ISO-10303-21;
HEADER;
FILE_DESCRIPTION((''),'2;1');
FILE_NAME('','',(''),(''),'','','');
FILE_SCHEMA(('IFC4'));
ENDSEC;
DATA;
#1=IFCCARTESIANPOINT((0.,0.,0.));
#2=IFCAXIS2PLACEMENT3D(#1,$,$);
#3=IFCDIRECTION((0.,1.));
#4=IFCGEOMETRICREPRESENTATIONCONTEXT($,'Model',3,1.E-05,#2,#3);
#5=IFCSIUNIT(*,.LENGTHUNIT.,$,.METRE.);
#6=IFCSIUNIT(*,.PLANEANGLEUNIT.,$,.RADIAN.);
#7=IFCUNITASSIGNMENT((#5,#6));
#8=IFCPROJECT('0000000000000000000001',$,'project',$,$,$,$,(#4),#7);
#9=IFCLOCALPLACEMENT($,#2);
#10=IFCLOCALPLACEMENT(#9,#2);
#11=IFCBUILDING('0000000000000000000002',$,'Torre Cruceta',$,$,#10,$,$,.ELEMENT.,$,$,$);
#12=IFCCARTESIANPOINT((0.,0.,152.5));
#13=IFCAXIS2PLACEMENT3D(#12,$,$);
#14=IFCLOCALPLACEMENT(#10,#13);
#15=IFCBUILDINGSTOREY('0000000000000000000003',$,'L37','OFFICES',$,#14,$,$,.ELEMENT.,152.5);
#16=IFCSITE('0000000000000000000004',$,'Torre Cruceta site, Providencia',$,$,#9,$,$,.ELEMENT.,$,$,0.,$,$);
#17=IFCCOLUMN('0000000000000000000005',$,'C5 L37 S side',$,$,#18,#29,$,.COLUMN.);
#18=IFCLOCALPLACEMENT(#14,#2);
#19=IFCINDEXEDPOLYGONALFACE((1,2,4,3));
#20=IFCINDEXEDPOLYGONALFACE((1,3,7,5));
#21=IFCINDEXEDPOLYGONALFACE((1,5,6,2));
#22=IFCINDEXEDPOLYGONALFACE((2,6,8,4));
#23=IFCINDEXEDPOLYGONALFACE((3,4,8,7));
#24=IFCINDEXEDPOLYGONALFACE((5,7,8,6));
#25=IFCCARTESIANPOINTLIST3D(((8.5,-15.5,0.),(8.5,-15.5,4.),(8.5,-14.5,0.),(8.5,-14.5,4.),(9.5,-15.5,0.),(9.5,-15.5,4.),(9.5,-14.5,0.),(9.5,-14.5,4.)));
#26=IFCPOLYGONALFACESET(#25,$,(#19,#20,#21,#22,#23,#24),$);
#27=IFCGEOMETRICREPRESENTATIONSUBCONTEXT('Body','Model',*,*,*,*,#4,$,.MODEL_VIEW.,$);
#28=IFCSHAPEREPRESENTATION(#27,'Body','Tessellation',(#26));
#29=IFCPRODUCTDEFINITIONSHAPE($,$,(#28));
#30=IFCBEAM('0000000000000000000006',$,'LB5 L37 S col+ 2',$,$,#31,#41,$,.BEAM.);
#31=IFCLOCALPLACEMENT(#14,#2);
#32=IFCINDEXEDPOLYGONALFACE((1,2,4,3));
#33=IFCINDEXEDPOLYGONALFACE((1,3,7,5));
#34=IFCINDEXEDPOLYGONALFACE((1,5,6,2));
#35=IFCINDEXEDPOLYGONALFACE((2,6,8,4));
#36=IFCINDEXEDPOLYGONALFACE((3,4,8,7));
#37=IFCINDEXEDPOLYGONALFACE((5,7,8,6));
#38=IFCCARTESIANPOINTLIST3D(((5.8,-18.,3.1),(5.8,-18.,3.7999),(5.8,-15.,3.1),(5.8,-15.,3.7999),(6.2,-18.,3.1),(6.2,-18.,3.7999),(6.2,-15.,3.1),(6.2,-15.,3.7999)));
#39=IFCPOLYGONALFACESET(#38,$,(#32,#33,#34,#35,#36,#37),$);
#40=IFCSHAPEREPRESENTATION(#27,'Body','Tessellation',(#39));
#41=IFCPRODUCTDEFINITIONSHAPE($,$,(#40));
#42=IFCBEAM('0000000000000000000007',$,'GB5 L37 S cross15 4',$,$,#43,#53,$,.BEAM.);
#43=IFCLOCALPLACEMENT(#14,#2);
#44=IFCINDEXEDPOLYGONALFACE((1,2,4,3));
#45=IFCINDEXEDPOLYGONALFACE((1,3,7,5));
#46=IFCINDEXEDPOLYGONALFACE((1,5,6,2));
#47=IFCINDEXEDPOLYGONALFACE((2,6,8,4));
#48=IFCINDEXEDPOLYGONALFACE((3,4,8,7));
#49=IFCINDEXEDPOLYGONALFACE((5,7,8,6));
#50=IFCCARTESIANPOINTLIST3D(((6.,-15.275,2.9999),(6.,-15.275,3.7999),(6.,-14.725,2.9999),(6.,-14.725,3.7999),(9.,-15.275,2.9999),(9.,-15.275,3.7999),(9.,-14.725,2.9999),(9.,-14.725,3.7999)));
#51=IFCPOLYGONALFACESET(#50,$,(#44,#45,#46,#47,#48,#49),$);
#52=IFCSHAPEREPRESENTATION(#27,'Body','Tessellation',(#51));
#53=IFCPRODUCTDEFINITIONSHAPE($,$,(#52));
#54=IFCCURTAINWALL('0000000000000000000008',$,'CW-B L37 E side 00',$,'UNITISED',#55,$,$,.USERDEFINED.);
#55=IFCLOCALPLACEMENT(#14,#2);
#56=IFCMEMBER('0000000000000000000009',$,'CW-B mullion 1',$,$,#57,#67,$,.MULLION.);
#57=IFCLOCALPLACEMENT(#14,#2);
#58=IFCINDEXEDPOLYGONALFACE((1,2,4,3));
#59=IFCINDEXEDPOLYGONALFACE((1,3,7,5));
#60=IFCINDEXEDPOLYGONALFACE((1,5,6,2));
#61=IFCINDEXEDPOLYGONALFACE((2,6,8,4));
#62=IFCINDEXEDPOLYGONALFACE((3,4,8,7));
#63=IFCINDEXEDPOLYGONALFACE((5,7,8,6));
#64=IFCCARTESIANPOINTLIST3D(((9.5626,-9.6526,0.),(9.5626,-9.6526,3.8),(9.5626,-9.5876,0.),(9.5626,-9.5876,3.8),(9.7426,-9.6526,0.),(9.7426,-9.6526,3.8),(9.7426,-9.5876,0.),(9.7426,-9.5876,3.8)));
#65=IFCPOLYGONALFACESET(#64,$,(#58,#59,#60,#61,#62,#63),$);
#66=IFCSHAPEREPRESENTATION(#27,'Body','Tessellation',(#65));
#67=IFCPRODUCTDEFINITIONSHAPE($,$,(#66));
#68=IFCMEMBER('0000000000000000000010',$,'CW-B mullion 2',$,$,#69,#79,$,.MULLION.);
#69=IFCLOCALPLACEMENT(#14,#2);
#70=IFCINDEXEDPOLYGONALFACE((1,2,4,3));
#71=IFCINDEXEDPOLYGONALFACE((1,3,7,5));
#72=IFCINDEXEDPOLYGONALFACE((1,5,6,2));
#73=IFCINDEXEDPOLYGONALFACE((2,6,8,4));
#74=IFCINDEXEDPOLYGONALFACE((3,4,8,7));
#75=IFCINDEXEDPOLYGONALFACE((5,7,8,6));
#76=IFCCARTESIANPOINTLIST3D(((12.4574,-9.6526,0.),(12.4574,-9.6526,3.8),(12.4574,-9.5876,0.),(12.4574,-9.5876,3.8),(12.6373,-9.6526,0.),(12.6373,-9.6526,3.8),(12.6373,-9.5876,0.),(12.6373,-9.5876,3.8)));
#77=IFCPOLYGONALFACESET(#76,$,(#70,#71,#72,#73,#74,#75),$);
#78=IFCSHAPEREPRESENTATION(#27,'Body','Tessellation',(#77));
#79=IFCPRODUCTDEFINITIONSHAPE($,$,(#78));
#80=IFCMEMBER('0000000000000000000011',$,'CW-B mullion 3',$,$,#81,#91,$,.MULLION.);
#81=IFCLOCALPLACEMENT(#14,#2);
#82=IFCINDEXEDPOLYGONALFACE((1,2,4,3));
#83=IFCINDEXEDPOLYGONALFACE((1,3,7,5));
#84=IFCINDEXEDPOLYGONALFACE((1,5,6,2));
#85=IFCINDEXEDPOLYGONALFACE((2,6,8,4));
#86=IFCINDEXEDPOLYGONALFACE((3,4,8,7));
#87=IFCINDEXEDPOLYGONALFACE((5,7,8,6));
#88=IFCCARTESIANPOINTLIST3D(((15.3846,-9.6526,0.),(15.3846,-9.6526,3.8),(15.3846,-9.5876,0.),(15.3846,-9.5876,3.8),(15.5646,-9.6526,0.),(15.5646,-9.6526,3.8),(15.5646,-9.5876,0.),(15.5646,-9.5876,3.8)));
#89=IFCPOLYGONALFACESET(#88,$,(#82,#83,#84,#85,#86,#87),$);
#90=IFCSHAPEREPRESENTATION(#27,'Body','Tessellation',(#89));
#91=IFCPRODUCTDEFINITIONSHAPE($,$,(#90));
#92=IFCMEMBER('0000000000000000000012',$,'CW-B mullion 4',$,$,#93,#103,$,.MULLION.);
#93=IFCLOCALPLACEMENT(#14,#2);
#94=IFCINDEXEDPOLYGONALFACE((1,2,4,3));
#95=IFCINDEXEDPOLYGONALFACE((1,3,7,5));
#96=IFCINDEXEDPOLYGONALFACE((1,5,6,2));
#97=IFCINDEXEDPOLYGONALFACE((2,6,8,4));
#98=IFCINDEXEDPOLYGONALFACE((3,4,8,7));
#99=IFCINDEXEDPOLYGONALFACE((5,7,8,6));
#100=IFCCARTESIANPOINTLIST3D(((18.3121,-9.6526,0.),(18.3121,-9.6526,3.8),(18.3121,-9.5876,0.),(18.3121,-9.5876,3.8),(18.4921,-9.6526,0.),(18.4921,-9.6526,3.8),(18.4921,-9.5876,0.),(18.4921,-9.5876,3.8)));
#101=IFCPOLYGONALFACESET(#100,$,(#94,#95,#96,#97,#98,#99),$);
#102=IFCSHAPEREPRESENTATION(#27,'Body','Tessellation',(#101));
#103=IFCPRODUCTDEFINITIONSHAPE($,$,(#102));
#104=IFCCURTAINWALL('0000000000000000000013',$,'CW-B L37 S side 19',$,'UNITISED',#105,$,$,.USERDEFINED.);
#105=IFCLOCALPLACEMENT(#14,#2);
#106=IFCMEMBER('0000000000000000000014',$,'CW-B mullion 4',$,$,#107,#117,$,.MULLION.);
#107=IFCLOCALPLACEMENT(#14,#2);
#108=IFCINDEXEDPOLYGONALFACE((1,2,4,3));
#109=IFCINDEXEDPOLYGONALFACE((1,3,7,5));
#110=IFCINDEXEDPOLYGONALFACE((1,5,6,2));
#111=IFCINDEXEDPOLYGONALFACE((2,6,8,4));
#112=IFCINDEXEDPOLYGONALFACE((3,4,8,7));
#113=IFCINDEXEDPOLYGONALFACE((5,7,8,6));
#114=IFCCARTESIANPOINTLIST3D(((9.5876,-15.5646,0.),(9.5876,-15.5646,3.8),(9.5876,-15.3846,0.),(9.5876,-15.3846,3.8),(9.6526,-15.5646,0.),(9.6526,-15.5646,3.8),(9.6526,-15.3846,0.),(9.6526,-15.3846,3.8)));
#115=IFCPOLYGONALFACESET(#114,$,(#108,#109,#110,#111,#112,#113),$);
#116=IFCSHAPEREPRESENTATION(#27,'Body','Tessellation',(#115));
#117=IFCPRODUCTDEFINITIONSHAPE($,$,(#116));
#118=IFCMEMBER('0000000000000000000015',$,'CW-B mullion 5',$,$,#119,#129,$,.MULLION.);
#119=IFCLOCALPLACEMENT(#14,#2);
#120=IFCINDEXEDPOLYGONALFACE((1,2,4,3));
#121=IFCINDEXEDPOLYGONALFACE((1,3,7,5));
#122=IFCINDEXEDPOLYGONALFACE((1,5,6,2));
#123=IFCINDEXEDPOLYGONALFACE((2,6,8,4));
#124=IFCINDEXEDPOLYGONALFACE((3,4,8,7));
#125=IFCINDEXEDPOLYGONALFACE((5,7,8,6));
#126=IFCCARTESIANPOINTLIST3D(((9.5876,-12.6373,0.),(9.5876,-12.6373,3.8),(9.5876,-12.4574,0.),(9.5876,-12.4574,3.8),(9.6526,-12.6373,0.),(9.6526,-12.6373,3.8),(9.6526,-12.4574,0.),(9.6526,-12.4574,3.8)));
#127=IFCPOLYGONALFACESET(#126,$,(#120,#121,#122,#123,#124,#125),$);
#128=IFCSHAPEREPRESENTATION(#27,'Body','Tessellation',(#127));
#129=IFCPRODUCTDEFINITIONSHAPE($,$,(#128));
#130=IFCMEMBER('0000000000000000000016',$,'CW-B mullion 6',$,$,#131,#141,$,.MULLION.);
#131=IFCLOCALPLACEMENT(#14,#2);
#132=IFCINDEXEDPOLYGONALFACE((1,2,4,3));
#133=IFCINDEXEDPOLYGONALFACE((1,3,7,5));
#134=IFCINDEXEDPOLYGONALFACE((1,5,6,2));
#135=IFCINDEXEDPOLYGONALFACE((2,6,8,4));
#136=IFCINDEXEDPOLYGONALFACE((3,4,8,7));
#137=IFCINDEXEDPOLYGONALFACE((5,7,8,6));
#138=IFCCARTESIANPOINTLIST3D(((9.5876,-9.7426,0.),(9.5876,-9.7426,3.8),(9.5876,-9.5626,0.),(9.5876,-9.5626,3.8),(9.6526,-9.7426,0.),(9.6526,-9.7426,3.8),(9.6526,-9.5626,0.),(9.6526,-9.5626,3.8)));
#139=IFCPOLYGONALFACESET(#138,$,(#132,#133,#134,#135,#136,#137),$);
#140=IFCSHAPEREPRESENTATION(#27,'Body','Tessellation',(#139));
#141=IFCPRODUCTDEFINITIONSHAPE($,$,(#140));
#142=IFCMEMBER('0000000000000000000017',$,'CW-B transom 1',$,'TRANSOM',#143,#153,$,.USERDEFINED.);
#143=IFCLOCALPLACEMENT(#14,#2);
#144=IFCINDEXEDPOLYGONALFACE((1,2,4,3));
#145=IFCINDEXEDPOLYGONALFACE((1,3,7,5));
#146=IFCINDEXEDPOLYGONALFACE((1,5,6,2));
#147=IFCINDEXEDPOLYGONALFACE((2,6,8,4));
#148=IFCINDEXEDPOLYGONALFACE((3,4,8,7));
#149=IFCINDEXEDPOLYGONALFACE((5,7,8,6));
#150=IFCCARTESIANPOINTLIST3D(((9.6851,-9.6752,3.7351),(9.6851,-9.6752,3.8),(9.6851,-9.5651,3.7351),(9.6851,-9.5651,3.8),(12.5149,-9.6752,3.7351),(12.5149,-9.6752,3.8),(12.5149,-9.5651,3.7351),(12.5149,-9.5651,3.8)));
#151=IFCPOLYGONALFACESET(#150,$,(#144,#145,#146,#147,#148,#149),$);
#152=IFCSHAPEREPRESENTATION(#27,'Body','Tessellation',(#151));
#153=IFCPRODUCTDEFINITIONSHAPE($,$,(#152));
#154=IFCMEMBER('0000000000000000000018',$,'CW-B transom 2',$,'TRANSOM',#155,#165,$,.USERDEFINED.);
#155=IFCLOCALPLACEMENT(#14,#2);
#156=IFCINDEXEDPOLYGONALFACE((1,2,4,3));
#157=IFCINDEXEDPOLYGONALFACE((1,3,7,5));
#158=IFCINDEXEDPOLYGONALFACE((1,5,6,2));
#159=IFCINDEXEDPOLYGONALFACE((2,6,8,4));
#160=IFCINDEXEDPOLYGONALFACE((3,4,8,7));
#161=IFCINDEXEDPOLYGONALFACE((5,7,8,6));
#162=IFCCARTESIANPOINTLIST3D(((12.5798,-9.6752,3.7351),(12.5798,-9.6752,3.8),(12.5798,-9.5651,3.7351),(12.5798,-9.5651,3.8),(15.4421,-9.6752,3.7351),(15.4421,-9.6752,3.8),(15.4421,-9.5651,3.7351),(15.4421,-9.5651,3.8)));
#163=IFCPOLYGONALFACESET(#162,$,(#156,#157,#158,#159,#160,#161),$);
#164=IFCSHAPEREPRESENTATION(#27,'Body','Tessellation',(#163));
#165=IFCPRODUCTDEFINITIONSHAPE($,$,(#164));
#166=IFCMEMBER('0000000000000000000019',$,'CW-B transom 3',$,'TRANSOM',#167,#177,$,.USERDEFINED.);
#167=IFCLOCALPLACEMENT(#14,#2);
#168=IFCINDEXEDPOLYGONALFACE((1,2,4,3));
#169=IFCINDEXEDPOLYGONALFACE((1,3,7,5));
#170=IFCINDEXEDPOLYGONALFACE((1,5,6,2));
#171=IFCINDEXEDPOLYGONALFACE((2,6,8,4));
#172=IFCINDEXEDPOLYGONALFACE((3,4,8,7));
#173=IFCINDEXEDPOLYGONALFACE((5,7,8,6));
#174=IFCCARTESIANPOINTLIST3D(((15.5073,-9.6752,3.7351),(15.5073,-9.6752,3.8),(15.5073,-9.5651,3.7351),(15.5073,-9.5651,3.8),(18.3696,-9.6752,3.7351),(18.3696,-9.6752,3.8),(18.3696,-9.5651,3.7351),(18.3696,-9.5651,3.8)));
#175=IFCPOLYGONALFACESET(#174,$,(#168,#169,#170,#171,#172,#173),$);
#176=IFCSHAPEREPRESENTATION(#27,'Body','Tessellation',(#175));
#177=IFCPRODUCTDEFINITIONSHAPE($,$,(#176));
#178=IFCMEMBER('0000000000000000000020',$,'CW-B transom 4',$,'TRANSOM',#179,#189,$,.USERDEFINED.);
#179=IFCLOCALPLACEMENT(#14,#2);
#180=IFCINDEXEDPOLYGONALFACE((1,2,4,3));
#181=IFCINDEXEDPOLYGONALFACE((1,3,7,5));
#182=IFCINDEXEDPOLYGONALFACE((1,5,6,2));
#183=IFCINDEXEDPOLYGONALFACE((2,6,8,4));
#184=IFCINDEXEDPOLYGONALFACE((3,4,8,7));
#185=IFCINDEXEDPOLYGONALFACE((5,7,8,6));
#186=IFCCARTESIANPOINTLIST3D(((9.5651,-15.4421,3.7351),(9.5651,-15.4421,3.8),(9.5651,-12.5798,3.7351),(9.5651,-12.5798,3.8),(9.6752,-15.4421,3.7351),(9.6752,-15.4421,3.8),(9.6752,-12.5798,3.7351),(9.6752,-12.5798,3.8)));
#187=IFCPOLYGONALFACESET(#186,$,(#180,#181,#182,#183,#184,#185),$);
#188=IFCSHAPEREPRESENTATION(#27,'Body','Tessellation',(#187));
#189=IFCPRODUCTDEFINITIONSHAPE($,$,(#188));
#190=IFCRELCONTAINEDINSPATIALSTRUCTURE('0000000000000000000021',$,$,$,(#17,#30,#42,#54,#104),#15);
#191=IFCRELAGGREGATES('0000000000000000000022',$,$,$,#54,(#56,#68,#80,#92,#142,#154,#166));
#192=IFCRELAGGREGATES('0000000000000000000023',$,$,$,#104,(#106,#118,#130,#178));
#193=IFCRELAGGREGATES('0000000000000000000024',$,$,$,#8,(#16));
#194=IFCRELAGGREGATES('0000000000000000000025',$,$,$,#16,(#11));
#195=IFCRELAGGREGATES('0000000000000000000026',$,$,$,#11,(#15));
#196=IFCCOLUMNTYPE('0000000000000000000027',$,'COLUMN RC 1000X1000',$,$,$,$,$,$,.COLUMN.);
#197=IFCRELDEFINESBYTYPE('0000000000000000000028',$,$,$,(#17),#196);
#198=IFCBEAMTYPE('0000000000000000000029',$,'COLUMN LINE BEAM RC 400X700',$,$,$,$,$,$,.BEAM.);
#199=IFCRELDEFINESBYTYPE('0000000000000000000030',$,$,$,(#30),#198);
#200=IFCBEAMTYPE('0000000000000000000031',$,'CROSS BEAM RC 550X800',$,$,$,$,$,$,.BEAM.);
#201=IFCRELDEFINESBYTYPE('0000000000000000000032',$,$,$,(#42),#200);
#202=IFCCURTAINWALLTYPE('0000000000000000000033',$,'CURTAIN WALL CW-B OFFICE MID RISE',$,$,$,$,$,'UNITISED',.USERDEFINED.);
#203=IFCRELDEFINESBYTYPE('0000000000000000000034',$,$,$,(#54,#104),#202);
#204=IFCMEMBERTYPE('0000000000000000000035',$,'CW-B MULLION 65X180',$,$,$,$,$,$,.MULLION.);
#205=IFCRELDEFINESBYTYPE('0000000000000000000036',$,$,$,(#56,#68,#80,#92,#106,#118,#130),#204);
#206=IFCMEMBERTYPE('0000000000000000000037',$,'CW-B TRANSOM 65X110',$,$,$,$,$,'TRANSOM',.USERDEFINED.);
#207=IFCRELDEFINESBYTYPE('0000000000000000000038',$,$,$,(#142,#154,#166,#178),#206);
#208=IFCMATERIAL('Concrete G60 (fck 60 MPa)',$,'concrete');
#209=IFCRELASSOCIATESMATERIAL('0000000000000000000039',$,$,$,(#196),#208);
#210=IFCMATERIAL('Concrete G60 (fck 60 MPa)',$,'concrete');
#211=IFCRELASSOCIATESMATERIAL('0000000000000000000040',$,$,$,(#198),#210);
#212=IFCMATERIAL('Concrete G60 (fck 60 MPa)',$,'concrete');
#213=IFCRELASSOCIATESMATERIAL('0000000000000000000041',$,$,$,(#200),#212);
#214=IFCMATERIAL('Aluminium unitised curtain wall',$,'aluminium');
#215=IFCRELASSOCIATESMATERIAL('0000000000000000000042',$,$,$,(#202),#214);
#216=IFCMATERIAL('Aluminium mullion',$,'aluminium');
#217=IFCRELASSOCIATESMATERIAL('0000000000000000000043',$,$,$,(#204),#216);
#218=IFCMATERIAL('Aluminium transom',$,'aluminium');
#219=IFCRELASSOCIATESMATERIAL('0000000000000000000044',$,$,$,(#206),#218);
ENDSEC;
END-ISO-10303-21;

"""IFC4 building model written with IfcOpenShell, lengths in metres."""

from ifc_helpers import new_model, si_unit, direction, frame, origin, origin_2d, place, context, subcontext, project, spatial, rectangle, extrude, material, material_profile, profile_set, type_object, element, aggregate, save


model = new_model("IFC4")

# Units and contexts
model_context = context("Model", 3, precision=1e-05, world=origin(), true_north=direction((0.0, 1.0)))
body_context = subcontext(model_context, "Body", "Model", "MODEL_VIEW")
ifc_project = project(units=[si_unit("LENGTHUNIT", "METRE"), si_unit("PLANEANGLEUNIT", "RADIAN")], contexts=[model_context])

# Site, building, storey
site_placement = place(None, origin())
site = spatial("IfcSite", under=ifc_project, at=site_placement, Name="Torre Cruceta site, Providencia", CompositionType="ELEMENT", RefElevation=0.0)
building_placement = place(site_placement, origin())
building = spatial("IfcBuilding", under=site, at=building_placement, Name="Torre Cruceta", CompositionType="ELEMENT")
storey_placement = place(building_placement, frame((0.0, 0.0, 152.5)))
storey = spatial("IfcBuildingStorey", under=building, at=storey_placement, Name="L37", Description="OFFICES", CompositionType="ELEMENT", Elevation=152.5)

# Column
ifc_material_1 = material(Name="Concrete G60 (fck 60 MPa)", Category="concrete")
ifc_material_profile_1 = material_profile(ifc_material_1, rectangle(XDim=1.0, YDim=1.0, at=origin_2d()), Name="RC 1000X1000")
ifc_profile_set_1 = profile_set([ifc_material_profile_1], Name="Concrete G60 (fck 60 MPa)")
column_type = type_object("IfcColumnType", Name="COLUMN RC 1000X1000", PredefinedType="COLUMN", material=ifc_profile_set_1)
column_placement = place(storey_placement, frame((9.0, -15.0, 0.0), z_axis=(0.0, 0.0, 1.0), x_axis=(1.0, 0.0, 0.0)))
element("IfcColumn", 1, at=column_placement, inside=storey, type_object=column_type, Name="C5 L37 S side", PredefinedType="COLUMN", context=body_context, shape_type="SweptSolid", body=[
    extrude(rectangle(XDim=1.0, YDim=1.0, at=origin_2d()), origin(), (0.0, 0.0, 1.0), 4.0),
])

# Beams
ifc_material_2 = material(Name="Concrete G60 (fck 60 MPa)", Category="concrete")
ifc_material_profile_2 = material_profile(ifc_material_2, rectangle(XDim=0.3999, YDim=0.7, at=origin_2d()), Name="RC 400X700")
ifc_profile_set_2 = profile_set([ifc_material_profile_2], Name="Concrete G60 (fck 60 MPa)")
beam_type_1 = type_object("IfcBeamType", Name="COLUMN LINE BEAM RC 400X700", PredefinedType="BEAM", material=ifc_profile_set_2)
beam_1_placement = place(storey_placement, frame((6.0, -15.0, 3.45), z_axis=(0.0, -1.0, 0.0), x_axis=(1.0, 0.0, 0.0)))
element("IfcBeam", 2, at=beam_1_placement, inside=storey, type_object=beam_type_1, Name="LB5 L37 S col+ 2", PredefinedType="BEAM", context=body_context, shape_type="SweptSolid", body=[
    extrude(rectangle(XDim=0.3999, YDim=0.7, at=origin_2d()), origin(), (0.0, 0.0, 1.0), 3.0),
])
ifc_material_3 = material(Name="Concrete G60 (fck 60 MPa)", Category="concrete")
ifc_material_profile_3 = material_profile(ifc_material_3, rectangle(XDim=0.55, YDim=0.8, at=origin_2d()), Name="RC 550X800")
ifc_profile_set_3 = profile_set([ifc_material_profile_3], Name="Concrete G60 (fck 60 MPa)")
beam_type_2 = type_object("IfcBeamType", Name="CROSS BEAM RC 550X800", PredefinedType="BEAM", material=ifc_profile_set_3)
beam_2_placement = place(storey_placement, frame((6.0, -15.0, 3.3999), z_axis=(1.0, 0.0, 0.0), x_axis=(0.0, 1.0, 0.0)))
element("IfcBeam", 3, at=beam_2_placement, inside=storey, type_object=beam_type_2, Name="GB5 L37 S cross15 4", PredefinedType="BEAM", context=body_context, shape_type="SweptSolid", body=[
    extrude(rectangle(XDim=0.55, YDim=0.8, at=origin_2d()), origin(), (0.0, 0.0, 1.0), 3.0),
])

# Curtain walls, members
ifc_material_4 = material(Name="Aluminium unitised curtain wall", Category="aluminium")
curtain_wall_type = type_object("IfcCurtainWallType", Name="CURTAIN WALL CW-B OFFICE MID RISE", ElementType="UNITISED", PredefinedType="USERDEFINED", material=ifc_material_4)
curtain_wall_1_placement = place(storey_placement, origin())
curtain_wall_1 = element("IfcCurtainWall", 4, at=curtain_wall_1_placement, inside=storey, type_object=curtain_wall_type, Name="CW-B L37 E side 00", ObjectType="UNITISED", PredefinedType="USERDEFINED")
ifc_material_5 = material(Name="Aluminium mullion", Category="aluminium")
ifc_material_profile_4 = material_profile(ifc_material_5, rectangle(XDim=0.0649, YDim=0.1799, at=origin_2d()), Name="AL 65X180")
ifc_profile_set_4 = profile_set([ifc_material_profile_4], Name="Aluminium mullion")
member_type_1 = type_object("IfcMemberType", Name="CW-B MULLION 65X180", PredefinedType="MULLION", material=ifc_profile_set_4)
member_1_placement = place(storey_placement, frame((9.6526, -9.6201, 0.0), z_axis=(0.0, 0.0, 1.0), x_axis=(0.0, 1.0, 0.0)))
member_1 = element("IfcMember", 5, at=member_1_placement, type_object=member_type_1, Name="CW-B mullion 1", PredefinedType="MULLION", context=body_context, shape_type="SweptSolid", body=[
    extrude(rectangle(XDim=0.0649, YDim=0.1799, at=origin_2d()), origin(), (0.0, 0.0, 1.0), 3.8),
])
member_2_placement = place(storey_placement, frame((12.5474, -9.6201, 0.0), z_axis=(0.0, 0.0, 1.0), x_axis=(0.0, 1.0, 0.0)))
member_2 = element("IfcMember", 6, at=member_2_placement, type_object=member_type_1, Name="CW-B mullion 2", PredefinedType="MULLION", context=body_context, shape_type="SweptSolid", body=[
    extrude(rectangle(XDim=0.0649, YDim=0.1799, at=origin_2d()), origin(), (0.0, 0.0, 1.0), 3.8),
])
member_3_placement = place(storey_placement, frame((15.4746, -9.6201, 0.0), z_axis=(0.0, 0.0, 1.0), x_axis=(0.0, 1.0, 0.0)))
member_3 = element("IfcMember", 7, at=member_3_placement, type_object=member_type_1, Name="CW-B mullion 3", PredefinedType="MULLION", context=body_context, shape_type="SweptSolid", body=[
    extrude(rectangle(XDim=0.0649, YDim=0.1799, at=origin_2d()), origin(), (0.0, 0.0, 1.0), 3.8),
])
member_4_placement = place(storey_placement, frame((18.4021, -9.6201, 0.0), z_axis=(0.0, 0.0, 1.0), x_axis=(0.0, 1.0, 0.0)))
member_4 = element("IfcMember", 8, at=member_4_placement, type_object=member_type_1, Name="CW-B mullion 4", PredefinedType="MULLION", context=body_context, shape_type="SweptSolid", body=[
    extrude(rectangle(XDim=0.0649, YDim=0.1799, at=origin_2d()), origin(), (0.0, 0.0, 1.0), 3.8),
])
curtain_wall_2_placement = place(storey_placement, origin())
curtain_wall_2 = element("IfcCurtainWall", 9, at=curtain_wall_2_placement, inside=storey, type_object=curtain_wall_type, Name="CW-B L37 S side 19", ObjectType="UNITISED", PredefinedType="USERDEFINED")
member_5_placement = place(storey_placement, frame((9.6201, -15.4746, 0.0), z_axis=(0.0, 0.0, 1.0), x_axis=(-1.0, 0.0, 0.0)))
member_5 = element("IfcMember", 10, at=member_5_placement, type_object=member_type_1, Name="CW-B mullion 4", PredefinedType="MULLION", context=body_context, shape_type="SweptSolid", body=[
    extrude(rectangle(XDim=0.0649, YDim=0.1799, at=origin_2d()), origin(), (0.0, 0.0, 1.0), 3.8),
])
member_6_placement = place(storey_placement, frame((9.6201, -12.5474, 0.0), z_axis=(0.0, 0.0, 1.0), x_axis=(-1.0, 0.0, 0.0)))
member_6 = element("IfcMember", 11, at=member_6_placement, type_object=member_type_1, Name="CW-B mullion 5", PredefinedType="MULLION", context=body_context, shape_type="SweptSolid", body=[
    extrude(rectangle(XDim=0.0649, YDim=0.1799, at=origin_2d()), origin(), (0.0, 0.0, 1.0), 3.8),
])
member_7_placement = place(storey_placement, frame((9.6201, -9.6526, 0.0), z_axis=(0.0, 0.0, 1.0), x_axis=(-1.0, 0.0, 0.0)))
member_7 = element("IfcMember", 12, at=member_7_placement, type_object=member_type_1, Name="CW-B mullion 6", PredefinedType="MULLION", context=body_context, shape_type="SweptSolid", body=[
    extrude(rectangle(XDim=0.0649, YDim=0.1799, at=origin_2d()), origin(), (0.0, 0.0, 1.0), 3.8),
])

# Members
ifc_material_6 = material(Name="Aluminium transom", Category="aluminium")
ifc_material_profile_5 = material_profile(ifc_material_6, rectangle(XDim=0.1101, YDim=0.0649, at=origin_2d()), Name="AL 110X65")
ifc_profile_set_5 = profile_set([ifc_material_profile_5], Name="Aluminium transom")
member_type_2 = type_object("IfcMemberType", Name="CW-B TRANSOM 65X110", ElementType="TRANSOM", PredefinedType="USERDEFINED", material=ifc_profile_set_5)
member_8_placement = place(storey_placement, frame((9.6851, -9.6201, 3.7676), z_axis=(1.0, 0.0, 0.0), x_axis=(0.0, 1.0, 0.0)))
member_8 = element("IfcMember", 13, at=member_8_placement, type_object=member_type_2, Name="CW-B transom 1", ObjectType="TRANSOM", PredefinedType="USERDEFINED", context=body_context, shape_type="SweptSolid", body=[
    extrude(rectangle(XDim=0.1101, YDim=0.0649, at=origin_2d()), origin(), (0.0, 0.0, 1.0), 2.8298),
])
member_9_placement = place(storey_placement, frame((12.5798, -9.6201, 3.7676), z_axis=(1.0, 0.0, 0.0), x_axis=(0.0, 1.0, 0.0)))
member_9 = element("IfcMember", 14, at=member_9_placement, type_object=member_type_2, Name="CW-B transom 2", ObjectType="TRANSOM", PredefinedType="USERDEFINED", context=body_context, shape_type="SweptSolid", body=[
    extrude(rectangle(XDim=0.1101, YDim=0.0649, at=origin_2d()), origin(), (0.0, 0.0, 1.0), 2.8623),
])
member_10_placement = place(storey_placement, frame((15.5073, -9.6201, 3.7676), z_axis=(1.0, 0.0, 0.0), x_axis=(0.0, 1.0, 0.0)))
member_10 = element("IfcMember", 15, at=member_10_placement, type_object=member_type_2, Name="CW-B transom 3", ObjectType="TRANSOM", PredefinedType="USERDEFINED", context=body_context, shape_type="SweptSolid", body=[
    extrude(rectangle(XDim=0.1101, YDim=0.0649, at=origin_2d()), origin(), (0.0, 0.0, 1.0), 2.8623),
])
member_11_placement = place(storey_placement, frame((9.6201, -15.4421, 3.7676), z_axis=(0.0, 1.0, 0.0), x_axis=(-1.0, 0.0, 0.0)))
member_11 = element("IfcMember", 16, at=member_11_placement, type_object=member_type_2, Name="CW-B transom 4", ObjectType="TRANSOM", PredefinedType="USERDEFINED", context=body_context, shape_type="SweptSolid", body=[
    extrude(rectangle(XDim=0.1101, YDim=0.0649, at=origin_2d()), origin(), (0.0, 0.0, 1.0), 2.8623),
])

aggregate(curtain_wall_1, [member_1, member_2, member_3, member_4, member_8, member_9, member_10])
aggregate(curtain_wall_2, [member_5, member_6, member_7, member_11])

save(model, "model.ifc")
